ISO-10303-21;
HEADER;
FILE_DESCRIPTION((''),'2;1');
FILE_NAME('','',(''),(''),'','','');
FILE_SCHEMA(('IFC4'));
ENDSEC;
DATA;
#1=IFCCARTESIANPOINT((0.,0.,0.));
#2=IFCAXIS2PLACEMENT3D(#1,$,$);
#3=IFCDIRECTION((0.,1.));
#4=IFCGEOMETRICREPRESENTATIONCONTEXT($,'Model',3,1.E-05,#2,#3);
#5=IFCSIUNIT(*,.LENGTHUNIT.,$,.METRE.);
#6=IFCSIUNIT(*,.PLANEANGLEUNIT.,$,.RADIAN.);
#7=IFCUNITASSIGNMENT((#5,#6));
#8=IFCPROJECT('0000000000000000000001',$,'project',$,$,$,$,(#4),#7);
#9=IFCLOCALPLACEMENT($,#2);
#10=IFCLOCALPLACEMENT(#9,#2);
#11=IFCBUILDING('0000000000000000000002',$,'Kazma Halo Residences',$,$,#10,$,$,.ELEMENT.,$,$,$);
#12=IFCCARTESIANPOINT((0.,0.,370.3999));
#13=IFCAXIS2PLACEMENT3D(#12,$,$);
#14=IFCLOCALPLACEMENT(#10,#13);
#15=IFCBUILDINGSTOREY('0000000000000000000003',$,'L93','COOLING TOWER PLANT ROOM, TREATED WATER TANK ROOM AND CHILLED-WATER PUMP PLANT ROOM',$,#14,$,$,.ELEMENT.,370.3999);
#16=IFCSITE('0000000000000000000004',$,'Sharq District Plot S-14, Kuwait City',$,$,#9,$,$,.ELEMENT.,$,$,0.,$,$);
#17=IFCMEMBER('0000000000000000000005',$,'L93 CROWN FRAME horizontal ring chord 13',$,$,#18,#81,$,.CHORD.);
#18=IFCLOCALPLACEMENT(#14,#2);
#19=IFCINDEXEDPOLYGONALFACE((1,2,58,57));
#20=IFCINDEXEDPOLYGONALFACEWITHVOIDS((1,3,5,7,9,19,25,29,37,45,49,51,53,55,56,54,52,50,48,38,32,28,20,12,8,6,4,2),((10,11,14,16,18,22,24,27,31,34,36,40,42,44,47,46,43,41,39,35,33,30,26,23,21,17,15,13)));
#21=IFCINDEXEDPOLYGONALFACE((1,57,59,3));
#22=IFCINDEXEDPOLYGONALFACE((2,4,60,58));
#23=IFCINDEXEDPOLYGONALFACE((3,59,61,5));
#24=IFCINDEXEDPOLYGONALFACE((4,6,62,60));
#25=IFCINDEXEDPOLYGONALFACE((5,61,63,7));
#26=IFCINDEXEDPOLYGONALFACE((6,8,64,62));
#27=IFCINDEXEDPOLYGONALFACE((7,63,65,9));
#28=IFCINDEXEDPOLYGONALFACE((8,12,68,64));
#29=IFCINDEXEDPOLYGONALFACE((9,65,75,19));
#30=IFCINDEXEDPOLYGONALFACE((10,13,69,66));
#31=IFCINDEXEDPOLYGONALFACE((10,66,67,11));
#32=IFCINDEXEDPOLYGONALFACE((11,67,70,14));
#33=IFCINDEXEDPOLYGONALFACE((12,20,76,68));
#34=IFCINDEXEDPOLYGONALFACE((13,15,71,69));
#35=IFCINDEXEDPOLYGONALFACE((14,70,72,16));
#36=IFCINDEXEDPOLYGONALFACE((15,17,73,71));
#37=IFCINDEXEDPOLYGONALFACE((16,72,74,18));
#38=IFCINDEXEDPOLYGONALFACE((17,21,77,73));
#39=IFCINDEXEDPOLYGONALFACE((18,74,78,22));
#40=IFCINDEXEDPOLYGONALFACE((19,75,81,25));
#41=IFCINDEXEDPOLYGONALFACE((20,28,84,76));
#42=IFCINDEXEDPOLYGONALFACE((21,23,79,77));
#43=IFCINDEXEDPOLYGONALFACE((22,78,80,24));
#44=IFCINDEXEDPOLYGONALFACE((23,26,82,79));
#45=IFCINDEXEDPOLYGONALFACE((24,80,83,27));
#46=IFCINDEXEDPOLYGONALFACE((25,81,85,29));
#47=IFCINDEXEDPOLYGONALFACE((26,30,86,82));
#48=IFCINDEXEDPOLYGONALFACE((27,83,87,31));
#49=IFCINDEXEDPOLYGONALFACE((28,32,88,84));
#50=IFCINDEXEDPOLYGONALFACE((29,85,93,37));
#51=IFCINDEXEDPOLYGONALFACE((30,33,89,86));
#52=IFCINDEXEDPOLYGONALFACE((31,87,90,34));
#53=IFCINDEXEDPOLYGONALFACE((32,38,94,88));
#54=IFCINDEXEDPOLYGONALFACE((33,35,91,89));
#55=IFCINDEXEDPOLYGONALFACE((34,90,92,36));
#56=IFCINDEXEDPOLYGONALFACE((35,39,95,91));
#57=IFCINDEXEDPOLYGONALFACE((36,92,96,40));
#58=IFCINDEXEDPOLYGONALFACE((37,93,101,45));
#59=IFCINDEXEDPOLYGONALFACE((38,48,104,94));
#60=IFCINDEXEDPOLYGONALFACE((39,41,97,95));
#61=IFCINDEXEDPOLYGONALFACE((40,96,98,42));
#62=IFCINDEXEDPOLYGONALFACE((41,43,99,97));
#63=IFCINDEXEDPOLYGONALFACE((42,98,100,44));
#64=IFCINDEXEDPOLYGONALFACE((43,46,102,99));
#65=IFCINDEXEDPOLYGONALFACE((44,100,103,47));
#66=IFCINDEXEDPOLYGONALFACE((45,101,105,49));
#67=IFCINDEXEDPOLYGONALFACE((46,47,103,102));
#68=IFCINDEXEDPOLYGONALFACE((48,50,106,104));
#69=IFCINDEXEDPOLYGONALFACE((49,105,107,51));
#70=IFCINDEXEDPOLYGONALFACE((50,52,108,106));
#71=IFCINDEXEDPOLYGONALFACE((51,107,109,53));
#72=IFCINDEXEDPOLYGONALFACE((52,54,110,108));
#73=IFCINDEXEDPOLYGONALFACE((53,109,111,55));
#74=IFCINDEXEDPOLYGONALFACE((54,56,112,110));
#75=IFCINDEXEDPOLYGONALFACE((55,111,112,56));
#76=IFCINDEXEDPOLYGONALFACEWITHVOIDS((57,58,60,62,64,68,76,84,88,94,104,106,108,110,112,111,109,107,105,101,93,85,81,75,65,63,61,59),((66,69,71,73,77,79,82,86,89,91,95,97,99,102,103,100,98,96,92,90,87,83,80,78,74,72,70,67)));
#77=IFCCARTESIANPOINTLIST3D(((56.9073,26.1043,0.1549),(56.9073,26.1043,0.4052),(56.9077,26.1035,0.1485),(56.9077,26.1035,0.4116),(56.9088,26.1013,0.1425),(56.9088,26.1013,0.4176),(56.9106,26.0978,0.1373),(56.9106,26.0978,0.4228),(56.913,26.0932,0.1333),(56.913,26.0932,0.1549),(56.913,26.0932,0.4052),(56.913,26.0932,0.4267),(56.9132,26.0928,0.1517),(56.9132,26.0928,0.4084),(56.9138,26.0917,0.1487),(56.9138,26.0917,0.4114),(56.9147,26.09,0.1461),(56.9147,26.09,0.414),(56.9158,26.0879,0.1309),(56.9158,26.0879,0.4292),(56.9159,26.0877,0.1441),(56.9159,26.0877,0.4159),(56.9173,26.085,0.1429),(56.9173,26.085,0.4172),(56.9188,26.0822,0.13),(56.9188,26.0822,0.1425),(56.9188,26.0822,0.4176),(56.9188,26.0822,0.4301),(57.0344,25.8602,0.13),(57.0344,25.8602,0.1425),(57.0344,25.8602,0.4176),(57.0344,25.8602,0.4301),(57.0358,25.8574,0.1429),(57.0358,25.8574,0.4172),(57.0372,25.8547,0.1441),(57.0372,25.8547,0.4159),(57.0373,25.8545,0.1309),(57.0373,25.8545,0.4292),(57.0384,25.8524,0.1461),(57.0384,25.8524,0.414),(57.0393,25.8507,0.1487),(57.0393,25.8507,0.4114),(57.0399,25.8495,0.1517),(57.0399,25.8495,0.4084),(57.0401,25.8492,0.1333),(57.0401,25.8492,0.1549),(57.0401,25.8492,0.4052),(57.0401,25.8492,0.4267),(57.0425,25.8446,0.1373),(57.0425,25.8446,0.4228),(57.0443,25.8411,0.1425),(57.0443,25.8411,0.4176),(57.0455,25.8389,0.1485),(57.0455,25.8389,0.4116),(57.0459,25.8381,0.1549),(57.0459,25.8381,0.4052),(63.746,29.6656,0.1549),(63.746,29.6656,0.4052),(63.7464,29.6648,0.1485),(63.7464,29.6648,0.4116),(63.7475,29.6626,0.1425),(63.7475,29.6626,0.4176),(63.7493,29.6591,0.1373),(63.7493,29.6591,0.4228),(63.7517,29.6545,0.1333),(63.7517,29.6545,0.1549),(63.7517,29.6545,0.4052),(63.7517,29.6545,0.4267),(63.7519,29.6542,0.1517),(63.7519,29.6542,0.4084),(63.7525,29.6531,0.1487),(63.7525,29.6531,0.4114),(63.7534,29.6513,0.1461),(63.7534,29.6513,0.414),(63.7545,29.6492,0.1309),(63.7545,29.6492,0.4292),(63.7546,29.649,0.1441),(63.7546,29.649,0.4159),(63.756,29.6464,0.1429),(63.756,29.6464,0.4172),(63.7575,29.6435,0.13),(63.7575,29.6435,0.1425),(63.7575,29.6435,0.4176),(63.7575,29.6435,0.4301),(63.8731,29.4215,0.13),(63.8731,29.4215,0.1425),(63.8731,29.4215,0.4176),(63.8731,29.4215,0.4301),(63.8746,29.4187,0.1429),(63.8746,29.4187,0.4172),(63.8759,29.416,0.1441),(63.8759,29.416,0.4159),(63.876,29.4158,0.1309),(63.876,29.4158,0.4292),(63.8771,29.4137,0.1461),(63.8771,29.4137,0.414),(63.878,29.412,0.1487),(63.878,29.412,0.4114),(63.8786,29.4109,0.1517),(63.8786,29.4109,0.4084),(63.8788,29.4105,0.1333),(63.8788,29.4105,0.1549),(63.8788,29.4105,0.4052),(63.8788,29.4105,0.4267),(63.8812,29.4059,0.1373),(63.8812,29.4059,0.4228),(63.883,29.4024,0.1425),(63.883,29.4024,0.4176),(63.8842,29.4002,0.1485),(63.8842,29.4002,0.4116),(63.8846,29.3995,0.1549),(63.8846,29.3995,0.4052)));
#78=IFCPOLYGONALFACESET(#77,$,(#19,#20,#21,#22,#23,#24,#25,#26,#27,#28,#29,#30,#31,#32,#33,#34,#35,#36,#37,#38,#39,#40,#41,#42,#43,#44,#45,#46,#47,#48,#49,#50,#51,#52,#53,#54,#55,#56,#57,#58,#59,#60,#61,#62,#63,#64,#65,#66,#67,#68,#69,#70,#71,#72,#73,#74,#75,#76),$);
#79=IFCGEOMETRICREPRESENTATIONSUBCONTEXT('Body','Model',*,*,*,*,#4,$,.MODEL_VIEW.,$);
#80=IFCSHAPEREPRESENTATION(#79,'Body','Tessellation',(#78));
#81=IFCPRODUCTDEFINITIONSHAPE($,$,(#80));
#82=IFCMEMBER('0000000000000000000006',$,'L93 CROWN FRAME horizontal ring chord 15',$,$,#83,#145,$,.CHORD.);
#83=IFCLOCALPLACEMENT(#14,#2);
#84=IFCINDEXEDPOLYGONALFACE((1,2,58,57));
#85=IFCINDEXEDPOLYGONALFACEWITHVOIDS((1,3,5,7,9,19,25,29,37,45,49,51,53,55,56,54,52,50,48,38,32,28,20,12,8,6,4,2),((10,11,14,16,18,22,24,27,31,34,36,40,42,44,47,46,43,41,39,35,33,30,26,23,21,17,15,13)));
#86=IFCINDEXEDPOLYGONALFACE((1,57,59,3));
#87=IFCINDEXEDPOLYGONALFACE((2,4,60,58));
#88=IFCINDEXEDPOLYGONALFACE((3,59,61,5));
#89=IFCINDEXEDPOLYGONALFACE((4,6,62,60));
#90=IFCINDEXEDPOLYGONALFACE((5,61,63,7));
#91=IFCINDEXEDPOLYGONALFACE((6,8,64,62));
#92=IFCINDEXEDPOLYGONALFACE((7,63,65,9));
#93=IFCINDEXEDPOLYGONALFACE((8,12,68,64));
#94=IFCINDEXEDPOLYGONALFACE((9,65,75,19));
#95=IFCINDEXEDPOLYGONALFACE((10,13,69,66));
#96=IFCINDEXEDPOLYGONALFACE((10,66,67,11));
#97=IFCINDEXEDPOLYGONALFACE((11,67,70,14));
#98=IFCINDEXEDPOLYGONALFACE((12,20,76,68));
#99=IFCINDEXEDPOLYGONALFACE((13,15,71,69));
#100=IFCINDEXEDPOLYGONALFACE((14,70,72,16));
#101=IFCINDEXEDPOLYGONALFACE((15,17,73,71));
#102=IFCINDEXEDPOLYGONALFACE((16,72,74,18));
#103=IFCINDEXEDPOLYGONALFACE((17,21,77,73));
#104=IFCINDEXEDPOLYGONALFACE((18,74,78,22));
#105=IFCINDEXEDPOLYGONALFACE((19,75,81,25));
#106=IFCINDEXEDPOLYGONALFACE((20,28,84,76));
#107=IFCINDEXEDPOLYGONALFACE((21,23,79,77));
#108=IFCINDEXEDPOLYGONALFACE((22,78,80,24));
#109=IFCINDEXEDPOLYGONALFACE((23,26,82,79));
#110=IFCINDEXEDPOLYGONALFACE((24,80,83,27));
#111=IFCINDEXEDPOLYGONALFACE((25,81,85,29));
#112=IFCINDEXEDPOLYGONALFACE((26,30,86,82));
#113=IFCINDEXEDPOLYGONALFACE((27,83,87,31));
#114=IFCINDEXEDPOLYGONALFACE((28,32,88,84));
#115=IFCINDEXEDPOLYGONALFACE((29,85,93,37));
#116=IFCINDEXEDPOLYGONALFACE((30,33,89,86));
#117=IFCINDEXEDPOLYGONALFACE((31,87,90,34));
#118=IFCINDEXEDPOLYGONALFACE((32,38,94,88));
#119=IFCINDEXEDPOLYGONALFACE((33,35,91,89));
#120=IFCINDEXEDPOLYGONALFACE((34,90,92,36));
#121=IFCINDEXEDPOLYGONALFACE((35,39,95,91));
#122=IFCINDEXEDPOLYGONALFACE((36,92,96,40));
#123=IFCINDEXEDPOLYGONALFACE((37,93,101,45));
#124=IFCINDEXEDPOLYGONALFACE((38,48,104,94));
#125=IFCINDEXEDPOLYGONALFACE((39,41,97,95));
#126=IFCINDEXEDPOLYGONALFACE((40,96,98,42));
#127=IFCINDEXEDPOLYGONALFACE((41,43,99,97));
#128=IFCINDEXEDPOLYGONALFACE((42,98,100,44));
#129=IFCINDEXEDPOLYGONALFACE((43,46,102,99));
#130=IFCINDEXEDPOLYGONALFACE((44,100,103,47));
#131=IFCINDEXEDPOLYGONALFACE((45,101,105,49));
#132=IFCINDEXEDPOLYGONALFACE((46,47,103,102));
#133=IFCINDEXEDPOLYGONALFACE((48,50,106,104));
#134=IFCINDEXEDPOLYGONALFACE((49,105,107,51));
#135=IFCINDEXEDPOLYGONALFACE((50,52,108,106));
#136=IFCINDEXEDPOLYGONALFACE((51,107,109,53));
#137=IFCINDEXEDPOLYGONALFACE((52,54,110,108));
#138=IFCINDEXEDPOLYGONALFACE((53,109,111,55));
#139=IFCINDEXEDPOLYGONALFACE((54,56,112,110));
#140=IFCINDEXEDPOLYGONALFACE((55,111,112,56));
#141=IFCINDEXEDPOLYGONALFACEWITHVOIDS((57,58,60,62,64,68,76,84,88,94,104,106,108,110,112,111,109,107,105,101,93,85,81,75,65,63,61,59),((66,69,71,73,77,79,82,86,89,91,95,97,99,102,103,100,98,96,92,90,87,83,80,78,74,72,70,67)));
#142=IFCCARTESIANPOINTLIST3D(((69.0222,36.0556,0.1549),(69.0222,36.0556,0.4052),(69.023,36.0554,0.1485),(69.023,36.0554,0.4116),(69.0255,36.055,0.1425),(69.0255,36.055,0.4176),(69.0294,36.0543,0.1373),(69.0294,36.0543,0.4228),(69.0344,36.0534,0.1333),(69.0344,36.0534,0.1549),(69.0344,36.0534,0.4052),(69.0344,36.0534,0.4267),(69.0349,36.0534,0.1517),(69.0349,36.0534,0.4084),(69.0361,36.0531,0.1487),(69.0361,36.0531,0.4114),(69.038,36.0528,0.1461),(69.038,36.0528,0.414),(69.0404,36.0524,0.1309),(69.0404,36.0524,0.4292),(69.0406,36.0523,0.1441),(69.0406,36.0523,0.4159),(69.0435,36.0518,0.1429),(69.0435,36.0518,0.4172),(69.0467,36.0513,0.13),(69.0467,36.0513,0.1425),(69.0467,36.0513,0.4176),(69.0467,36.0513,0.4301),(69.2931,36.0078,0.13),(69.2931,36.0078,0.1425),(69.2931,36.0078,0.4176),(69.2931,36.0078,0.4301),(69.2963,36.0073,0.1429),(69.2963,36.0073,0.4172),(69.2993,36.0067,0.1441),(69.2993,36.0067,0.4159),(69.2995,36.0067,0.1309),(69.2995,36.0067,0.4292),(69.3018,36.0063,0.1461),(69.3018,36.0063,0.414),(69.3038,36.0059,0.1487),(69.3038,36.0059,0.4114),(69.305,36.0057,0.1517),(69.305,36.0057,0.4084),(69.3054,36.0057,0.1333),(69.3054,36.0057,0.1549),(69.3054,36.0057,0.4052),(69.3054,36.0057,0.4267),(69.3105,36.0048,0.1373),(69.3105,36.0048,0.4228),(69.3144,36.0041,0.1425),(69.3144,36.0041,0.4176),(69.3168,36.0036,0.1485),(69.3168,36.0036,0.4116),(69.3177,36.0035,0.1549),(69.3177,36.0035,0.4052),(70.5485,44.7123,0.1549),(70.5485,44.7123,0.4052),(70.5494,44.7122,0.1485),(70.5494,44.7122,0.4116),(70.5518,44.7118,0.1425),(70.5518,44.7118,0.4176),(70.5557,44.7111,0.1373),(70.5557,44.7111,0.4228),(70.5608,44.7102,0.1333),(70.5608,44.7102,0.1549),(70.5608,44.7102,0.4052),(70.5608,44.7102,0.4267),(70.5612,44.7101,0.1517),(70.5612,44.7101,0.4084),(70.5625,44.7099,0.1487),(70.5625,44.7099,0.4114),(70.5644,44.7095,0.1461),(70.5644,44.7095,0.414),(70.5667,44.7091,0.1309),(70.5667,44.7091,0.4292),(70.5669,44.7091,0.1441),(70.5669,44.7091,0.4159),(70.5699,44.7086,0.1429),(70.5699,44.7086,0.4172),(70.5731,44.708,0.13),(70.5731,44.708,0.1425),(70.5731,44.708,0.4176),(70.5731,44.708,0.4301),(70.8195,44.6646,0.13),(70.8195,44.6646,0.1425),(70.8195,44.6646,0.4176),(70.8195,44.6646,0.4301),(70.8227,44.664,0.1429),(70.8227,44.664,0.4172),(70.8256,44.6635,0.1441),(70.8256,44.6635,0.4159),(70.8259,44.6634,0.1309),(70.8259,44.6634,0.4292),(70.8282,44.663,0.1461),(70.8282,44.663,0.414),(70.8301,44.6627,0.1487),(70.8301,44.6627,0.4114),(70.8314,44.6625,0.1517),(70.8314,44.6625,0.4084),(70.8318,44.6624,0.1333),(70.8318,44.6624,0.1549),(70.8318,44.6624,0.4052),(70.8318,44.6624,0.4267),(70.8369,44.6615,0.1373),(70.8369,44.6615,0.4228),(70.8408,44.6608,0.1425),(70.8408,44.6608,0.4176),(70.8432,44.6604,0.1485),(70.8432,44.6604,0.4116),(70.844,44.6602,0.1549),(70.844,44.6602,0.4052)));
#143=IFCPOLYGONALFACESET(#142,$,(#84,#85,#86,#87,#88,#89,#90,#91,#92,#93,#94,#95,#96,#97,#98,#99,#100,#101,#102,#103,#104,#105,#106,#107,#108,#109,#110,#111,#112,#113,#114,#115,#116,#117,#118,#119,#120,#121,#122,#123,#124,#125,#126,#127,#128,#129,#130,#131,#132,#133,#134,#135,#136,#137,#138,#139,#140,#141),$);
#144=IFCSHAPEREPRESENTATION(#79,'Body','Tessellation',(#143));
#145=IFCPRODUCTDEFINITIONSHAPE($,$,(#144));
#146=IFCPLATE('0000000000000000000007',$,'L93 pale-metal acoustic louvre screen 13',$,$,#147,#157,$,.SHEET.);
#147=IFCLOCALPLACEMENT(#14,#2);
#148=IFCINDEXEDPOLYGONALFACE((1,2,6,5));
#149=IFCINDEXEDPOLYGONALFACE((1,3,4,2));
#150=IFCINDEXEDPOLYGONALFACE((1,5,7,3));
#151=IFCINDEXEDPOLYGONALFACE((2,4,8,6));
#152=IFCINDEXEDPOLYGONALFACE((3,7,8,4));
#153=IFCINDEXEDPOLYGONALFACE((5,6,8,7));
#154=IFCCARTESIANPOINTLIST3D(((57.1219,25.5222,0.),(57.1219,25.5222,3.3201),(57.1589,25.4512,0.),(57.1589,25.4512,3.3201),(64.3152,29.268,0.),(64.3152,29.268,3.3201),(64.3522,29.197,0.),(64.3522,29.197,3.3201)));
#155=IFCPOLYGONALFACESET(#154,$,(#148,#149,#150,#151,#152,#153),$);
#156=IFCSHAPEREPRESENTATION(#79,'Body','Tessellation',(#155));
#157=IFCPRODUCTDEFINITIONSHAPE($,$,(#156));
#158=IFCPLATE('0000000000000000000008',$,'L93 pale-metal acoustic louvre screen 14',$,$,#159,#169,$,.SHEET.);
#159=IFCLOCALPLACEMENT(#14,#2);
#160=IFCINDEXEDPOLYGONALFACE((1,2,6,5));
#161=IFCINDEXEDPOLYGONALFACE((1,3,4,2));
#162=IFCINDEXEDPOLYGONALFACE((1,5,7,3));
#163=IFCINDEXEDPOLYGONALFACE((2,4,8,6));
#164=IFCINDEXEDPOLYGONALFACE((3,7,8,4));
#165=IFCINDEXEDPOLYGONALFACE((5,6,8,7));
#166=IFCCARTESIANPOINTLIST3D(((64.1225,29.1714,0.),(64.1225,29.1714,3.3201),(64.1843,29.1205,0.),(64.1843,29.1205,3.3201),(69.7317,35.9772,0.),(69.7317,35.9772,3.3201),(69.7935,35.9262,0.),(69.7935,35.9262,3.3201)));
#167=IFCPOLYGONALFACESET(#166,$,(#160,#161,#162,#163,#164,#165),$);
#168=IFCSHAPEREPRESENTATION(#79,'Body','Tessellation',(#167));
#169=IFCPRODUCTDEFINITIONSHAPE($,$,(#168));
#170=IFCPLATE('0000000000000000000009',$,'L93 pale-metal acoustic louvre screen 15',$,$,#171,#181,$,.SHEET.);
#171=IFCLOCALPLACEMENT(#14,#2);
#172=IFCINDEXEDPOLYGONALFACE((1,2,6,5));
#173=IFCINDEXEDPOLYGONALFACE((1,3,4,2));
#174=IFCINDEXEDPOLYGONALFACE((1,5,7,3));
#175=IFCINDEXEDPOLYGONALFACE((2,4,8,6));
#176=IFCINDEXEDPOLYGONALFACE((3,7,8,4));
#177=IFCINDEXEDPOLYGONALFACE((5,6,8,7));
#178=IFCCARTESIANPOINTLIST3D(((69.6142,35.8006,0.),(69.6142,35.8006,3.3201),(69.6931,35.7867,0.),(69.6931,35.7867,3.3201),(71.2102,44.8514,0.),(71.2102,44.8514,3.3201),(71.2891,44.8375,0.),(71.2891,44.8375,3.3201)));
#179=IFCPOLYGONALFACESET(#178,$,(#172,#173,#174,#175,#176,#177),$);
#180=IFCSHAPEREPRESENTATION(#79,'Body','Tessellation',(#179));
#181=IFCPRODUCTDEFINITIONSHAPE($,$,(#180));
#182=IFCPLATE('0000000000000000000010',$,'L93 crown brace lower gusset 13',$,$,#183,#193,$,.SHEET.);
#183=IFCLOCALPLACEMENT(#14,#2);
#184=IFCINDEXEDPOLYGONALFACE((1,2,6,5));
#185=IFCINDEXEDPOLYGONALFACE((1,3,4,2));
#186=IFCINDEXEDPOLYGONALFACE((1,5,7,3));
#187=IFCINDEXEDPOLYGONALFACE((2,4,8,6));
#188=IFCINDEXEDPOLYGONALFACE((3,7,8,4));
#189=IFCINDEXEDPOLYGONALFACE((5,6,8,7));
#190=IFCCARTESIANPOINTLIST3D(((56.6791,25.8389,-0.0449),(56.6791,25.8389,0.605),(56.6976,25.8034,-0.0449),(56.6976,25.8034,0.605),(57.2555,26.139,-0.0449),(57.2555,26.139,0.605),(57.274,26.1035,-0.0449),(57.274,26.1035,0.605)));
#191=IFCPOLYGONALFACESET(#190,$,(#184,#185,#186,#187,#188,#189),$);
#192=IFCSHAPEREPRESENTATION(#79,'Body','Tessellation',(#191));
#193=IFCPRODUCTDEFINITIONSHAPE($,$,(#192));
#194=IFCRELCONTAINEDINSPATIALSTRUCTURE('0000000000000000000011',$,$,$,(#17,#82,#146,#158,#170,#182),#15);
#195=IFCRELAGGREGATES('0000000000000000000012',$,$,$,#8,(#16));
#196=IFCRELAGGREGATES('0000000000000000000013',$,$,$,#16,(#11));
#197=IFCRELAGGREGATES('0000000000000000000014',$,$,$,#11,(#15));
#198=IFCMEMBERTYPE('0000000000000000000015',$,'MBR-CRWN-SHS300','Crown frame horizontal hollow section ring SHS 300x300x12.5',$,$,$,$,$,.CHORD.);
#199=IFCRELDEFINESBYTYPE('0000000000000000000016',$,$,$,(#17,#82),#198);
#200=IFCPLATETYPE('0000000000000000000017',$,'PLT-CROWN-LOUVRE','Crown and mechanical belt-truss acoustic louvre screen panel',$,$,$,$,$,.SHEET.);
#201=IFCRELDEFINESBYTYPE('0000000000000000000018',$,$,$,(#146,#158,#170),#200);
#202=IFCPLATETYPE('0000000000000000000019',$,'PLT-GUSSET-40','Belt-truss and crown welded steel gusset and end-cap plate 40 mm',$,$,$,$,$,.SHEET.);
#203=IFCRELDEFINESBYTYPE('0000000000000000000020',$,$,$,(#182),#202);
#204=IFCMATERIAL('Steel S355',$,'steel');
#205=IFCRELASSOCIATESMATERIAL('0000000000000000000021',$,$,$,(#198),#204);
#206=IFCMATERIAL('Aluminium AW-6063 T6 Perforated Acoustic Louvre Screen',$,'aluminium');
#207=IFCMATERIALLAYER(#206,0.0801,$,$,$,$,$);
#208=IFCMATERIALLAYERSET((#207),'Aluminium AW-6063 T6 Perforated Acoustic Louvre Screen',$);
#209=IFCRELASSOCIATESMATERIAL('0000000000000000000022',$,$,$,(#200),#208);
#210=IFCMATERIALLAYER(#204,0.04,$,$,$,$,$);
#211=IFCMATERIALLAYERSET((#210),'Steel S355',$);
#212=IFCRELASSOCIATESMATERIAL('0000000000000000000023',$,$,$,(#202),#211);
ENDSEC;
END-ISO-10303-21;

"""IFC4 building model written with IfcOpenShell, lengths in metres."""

from ifc_helpers import new_model, si_unit, direction, frame, origin, origin_2d, place, context, subcontext, project, spatial, rectangle, hollow_rectangle, extrude, material, layer, layer_set, material_profile, profile_set, type_object, element, save


model = new_model("IFC4")

# Units and contexts
model_context = context("Model", 3, precision=1e-05, world=origin(), true_north=direction((0.0, 1.0)))
body_context = subcontext(model_context, "Body", "Model", "MODEL_VIEW")
ifc_project = project(units=[si_unit("LENGTHUNIT", "METRE"), si_unit("PLANEANGLEUNIT", "RADIAN")], contexts=[model_context])

# Site, building, storey
site_placement = place(None, origin())
site = spatial("IfcSite", under=ifc_project, at=site_placement, Name="Sharq District Plot S-14, Kuwait City", CompositionType="ELEMENT", RefElevation=0.0)
building_placement = place(site_placement, origin())
building = spatial("IfcBuilding", under=site, at=building_placement, Name="Kazma Halo Residences", CompositionType="ELEMENT")
storey_placement = place(building_placement, frame((0.0, 0.0, 370.3999)))
storey = spatial("IfcBuildingStorey", under=building, at=storey_placement, Name="L93", Description="COOLING TOWER PLANT ROOM, TREATED WATER TANK ROOM AND CHILLED-WATER PUMP PLANT ROOM", CompositionType="ELEMENT", Elevation=370.3999)

# Shared definitions
ifc_material_1 = material(Name="Steel S355", Category="steel")

# Members
ifc_material_profile_1 = material_profile(ifc_material_1, hollow_rectangle(XDim=0.3, YDim=0.3, WallThickness=0.0125, InnerFilletRadius=0.0125, OuterFilletRadius=0.0249, at=origin_2d()), Name="SHS300x300x12.5")
ifc_profile_set_1 = profile_set([ifc_material_profile_1], Name="Steel S355")
member_type_1 = type_object("IfcMemberType", Name="MBR-CRWN-SHS300", Description="Crown frame horizontal hollow section ring SHS 300x300x12.5", PredefinedType="CHORD", material=ifc_profile_set_1)
member_1_placement = place(storey_placement, frame((56.9766, 25.9712, 0.28), z_axis=(0.886941, 0.461883, 0.0), x_axis=(-0.461883, 0.886941, 0.0)))
element("IfcMember", 1, at=member_1_placement, inside=storey, type_object=member_type_1, Name="L93 CROWN FRAME horizontal ring chord 13", PredefinedType="CHORD", context=body_context, shape_type="SweptSolid", body=[
    extrude(hollow_rectangle(XDim=0.3, YDim=0.3, WallThickness=0.0125, InnerFilletRadius=0.0125, OuterFilletRadius=0.0249, at=origin_2d()), origin(), (0.0, 0.0, 1.0), 7.7104),
])
member_2_placement = place(storey_placement, frame((69.1699, 36.0295, 0.28), z_axis=(0.173643, 0.984809, 0.0), x_axis=(-0.984809, 0.173643, 0.0)))
element("IfcMember", 2, at=member_2_placement, inside=storey, type_object=member_type_1, Name="L93 CROWN FRAME horizontal ring chord 15", PredefinedType="CHORD", context=body_context, shape_type="SweptSolid", body=[
    extrude(hollow_rectangle(XDim=0.3, YDim=0.3, WallThickness=0.0125, InnerFilletRadius=0.0125, OuterFilletRadius=0.0249, at=origin_2d()), origin(), (0.0, 0.0, 1.0), 8.7903),
])

# Plates
ifc_material_2 = material(Name="Aluminium AW-6063 T6 Perforated Acoustic Louvre Screen", Category="aluminium")
ifc_layer_1 = layer(ifc_material_2, 0.0801)
ifc_layer_set_1 = layer_set([ifc_layer_1], Name="Aluminium AW-6063 T6 Perforated Acoustic Louvre Screen")
plate_type_1 = type_object("IfcPlateType", Name="PLT-CROWN-LOUVRE", Description="Crown and mechanical belt-truss acoustic louvre screen panel", PredefinedType="SHEET", material=ifc_layer_set_1)
plate_1_placement = place(storey_placement, frame((60.7371, 27.3596, 0.0), z_axis=(0.0, 0.0, 1.0), x_axis=(0.88695, 0.461866, 0.0)))
element("IfcPlate", 3, at=plate_1_placement, inside=storey, type_object=plate_type_1, Name="L93 pale-metal acoustic louvre screen 13", PredefinedType="SHEET", context=body_context, shape_type="SweptSolid", body=[
    extrude(rectangle(XDim=8.1101, YDim=0.0801, at=origin_2d()), origin(), (0.0, 0.0, 1.0), 3.3201),
])
plate_2_placement = place(storey_placement, frame((66.958, 32.5488, 0.0), z_axis=(0.0, 0.0, 1.0), x_axis=(0.636008, 0.771683, 0.0)))
element("IfcPlate", 4, at=plate_2_placement, inside=storey, type_object=plate_type_1, Name="L93 pale-metal acoustic louvre screen 14", PredefinedType="SHEET", context=body_context, shape_type="SweptSolid", body=[
    extrude(rectangle(XDim=8.8193, YDim=0.0801, at=origin_2d()), origin(), (0.0, 0.0, 1.0), 3.3201),
])
plate_3_placement = place(storey_placement, frame((70.4517, 40.3191, 0.0), z_axis=(0.0, 0.0, 1.0), x_axis=(0.173656, 0.984806, 0.0)))
element("IfcPlate", 5, at=plate_3_placement, inside=storey, type_object=plate_type_1, Name="L93 pale-metal acoustic louvre screen 15", PredefinedType="SHEET", context=body_context, shape_type="SweptSolid", body=[
    extrude(rectangle(XDim=9.1904, YDim=0.0801, at=origin_2d()), origin(), (0.0, 0.0, 1.0), 3.3201),
])
ifc_layer_2 = layer(ifc_material_1, 0.04)
ifc_layer_set_2 = layer_set([ifc_layer_2], Name="Steel S355")
plate_type_2 = type_object("IfcPlateType", Name="PLT-GUSSET-40", Description="Belt-truss and crown welded steel gusset and end-cap plate 40 mm", PredefinedType="SHEET", material=ifc_layer_set_2)
for number, where, z_axis, x_axis, name in (
    (6, (56.9766, 25.9712, -0.0449), (0.0, 0.0, 1.0), (0.88695, 0.461866, 0.0), "L93 crown brace lower gusset 13"),
):
    element("IfcPlate", number, at=place(storey_placement, frame(where, z_axis=z_axis, x_axis=x_axis)), inside=storey, type_object=plate_type_2, Name=name, PredefinedType="SHEET", context=body_context, shape_type="SweptSolid", body=[
        extrude(rectangle(XDim=0.6499, YDim=0.04, at=origin_2d()), origin(), (0.0, 0.0, 1.0), 0.6499),
    ])

save(model, "model.ifc")
